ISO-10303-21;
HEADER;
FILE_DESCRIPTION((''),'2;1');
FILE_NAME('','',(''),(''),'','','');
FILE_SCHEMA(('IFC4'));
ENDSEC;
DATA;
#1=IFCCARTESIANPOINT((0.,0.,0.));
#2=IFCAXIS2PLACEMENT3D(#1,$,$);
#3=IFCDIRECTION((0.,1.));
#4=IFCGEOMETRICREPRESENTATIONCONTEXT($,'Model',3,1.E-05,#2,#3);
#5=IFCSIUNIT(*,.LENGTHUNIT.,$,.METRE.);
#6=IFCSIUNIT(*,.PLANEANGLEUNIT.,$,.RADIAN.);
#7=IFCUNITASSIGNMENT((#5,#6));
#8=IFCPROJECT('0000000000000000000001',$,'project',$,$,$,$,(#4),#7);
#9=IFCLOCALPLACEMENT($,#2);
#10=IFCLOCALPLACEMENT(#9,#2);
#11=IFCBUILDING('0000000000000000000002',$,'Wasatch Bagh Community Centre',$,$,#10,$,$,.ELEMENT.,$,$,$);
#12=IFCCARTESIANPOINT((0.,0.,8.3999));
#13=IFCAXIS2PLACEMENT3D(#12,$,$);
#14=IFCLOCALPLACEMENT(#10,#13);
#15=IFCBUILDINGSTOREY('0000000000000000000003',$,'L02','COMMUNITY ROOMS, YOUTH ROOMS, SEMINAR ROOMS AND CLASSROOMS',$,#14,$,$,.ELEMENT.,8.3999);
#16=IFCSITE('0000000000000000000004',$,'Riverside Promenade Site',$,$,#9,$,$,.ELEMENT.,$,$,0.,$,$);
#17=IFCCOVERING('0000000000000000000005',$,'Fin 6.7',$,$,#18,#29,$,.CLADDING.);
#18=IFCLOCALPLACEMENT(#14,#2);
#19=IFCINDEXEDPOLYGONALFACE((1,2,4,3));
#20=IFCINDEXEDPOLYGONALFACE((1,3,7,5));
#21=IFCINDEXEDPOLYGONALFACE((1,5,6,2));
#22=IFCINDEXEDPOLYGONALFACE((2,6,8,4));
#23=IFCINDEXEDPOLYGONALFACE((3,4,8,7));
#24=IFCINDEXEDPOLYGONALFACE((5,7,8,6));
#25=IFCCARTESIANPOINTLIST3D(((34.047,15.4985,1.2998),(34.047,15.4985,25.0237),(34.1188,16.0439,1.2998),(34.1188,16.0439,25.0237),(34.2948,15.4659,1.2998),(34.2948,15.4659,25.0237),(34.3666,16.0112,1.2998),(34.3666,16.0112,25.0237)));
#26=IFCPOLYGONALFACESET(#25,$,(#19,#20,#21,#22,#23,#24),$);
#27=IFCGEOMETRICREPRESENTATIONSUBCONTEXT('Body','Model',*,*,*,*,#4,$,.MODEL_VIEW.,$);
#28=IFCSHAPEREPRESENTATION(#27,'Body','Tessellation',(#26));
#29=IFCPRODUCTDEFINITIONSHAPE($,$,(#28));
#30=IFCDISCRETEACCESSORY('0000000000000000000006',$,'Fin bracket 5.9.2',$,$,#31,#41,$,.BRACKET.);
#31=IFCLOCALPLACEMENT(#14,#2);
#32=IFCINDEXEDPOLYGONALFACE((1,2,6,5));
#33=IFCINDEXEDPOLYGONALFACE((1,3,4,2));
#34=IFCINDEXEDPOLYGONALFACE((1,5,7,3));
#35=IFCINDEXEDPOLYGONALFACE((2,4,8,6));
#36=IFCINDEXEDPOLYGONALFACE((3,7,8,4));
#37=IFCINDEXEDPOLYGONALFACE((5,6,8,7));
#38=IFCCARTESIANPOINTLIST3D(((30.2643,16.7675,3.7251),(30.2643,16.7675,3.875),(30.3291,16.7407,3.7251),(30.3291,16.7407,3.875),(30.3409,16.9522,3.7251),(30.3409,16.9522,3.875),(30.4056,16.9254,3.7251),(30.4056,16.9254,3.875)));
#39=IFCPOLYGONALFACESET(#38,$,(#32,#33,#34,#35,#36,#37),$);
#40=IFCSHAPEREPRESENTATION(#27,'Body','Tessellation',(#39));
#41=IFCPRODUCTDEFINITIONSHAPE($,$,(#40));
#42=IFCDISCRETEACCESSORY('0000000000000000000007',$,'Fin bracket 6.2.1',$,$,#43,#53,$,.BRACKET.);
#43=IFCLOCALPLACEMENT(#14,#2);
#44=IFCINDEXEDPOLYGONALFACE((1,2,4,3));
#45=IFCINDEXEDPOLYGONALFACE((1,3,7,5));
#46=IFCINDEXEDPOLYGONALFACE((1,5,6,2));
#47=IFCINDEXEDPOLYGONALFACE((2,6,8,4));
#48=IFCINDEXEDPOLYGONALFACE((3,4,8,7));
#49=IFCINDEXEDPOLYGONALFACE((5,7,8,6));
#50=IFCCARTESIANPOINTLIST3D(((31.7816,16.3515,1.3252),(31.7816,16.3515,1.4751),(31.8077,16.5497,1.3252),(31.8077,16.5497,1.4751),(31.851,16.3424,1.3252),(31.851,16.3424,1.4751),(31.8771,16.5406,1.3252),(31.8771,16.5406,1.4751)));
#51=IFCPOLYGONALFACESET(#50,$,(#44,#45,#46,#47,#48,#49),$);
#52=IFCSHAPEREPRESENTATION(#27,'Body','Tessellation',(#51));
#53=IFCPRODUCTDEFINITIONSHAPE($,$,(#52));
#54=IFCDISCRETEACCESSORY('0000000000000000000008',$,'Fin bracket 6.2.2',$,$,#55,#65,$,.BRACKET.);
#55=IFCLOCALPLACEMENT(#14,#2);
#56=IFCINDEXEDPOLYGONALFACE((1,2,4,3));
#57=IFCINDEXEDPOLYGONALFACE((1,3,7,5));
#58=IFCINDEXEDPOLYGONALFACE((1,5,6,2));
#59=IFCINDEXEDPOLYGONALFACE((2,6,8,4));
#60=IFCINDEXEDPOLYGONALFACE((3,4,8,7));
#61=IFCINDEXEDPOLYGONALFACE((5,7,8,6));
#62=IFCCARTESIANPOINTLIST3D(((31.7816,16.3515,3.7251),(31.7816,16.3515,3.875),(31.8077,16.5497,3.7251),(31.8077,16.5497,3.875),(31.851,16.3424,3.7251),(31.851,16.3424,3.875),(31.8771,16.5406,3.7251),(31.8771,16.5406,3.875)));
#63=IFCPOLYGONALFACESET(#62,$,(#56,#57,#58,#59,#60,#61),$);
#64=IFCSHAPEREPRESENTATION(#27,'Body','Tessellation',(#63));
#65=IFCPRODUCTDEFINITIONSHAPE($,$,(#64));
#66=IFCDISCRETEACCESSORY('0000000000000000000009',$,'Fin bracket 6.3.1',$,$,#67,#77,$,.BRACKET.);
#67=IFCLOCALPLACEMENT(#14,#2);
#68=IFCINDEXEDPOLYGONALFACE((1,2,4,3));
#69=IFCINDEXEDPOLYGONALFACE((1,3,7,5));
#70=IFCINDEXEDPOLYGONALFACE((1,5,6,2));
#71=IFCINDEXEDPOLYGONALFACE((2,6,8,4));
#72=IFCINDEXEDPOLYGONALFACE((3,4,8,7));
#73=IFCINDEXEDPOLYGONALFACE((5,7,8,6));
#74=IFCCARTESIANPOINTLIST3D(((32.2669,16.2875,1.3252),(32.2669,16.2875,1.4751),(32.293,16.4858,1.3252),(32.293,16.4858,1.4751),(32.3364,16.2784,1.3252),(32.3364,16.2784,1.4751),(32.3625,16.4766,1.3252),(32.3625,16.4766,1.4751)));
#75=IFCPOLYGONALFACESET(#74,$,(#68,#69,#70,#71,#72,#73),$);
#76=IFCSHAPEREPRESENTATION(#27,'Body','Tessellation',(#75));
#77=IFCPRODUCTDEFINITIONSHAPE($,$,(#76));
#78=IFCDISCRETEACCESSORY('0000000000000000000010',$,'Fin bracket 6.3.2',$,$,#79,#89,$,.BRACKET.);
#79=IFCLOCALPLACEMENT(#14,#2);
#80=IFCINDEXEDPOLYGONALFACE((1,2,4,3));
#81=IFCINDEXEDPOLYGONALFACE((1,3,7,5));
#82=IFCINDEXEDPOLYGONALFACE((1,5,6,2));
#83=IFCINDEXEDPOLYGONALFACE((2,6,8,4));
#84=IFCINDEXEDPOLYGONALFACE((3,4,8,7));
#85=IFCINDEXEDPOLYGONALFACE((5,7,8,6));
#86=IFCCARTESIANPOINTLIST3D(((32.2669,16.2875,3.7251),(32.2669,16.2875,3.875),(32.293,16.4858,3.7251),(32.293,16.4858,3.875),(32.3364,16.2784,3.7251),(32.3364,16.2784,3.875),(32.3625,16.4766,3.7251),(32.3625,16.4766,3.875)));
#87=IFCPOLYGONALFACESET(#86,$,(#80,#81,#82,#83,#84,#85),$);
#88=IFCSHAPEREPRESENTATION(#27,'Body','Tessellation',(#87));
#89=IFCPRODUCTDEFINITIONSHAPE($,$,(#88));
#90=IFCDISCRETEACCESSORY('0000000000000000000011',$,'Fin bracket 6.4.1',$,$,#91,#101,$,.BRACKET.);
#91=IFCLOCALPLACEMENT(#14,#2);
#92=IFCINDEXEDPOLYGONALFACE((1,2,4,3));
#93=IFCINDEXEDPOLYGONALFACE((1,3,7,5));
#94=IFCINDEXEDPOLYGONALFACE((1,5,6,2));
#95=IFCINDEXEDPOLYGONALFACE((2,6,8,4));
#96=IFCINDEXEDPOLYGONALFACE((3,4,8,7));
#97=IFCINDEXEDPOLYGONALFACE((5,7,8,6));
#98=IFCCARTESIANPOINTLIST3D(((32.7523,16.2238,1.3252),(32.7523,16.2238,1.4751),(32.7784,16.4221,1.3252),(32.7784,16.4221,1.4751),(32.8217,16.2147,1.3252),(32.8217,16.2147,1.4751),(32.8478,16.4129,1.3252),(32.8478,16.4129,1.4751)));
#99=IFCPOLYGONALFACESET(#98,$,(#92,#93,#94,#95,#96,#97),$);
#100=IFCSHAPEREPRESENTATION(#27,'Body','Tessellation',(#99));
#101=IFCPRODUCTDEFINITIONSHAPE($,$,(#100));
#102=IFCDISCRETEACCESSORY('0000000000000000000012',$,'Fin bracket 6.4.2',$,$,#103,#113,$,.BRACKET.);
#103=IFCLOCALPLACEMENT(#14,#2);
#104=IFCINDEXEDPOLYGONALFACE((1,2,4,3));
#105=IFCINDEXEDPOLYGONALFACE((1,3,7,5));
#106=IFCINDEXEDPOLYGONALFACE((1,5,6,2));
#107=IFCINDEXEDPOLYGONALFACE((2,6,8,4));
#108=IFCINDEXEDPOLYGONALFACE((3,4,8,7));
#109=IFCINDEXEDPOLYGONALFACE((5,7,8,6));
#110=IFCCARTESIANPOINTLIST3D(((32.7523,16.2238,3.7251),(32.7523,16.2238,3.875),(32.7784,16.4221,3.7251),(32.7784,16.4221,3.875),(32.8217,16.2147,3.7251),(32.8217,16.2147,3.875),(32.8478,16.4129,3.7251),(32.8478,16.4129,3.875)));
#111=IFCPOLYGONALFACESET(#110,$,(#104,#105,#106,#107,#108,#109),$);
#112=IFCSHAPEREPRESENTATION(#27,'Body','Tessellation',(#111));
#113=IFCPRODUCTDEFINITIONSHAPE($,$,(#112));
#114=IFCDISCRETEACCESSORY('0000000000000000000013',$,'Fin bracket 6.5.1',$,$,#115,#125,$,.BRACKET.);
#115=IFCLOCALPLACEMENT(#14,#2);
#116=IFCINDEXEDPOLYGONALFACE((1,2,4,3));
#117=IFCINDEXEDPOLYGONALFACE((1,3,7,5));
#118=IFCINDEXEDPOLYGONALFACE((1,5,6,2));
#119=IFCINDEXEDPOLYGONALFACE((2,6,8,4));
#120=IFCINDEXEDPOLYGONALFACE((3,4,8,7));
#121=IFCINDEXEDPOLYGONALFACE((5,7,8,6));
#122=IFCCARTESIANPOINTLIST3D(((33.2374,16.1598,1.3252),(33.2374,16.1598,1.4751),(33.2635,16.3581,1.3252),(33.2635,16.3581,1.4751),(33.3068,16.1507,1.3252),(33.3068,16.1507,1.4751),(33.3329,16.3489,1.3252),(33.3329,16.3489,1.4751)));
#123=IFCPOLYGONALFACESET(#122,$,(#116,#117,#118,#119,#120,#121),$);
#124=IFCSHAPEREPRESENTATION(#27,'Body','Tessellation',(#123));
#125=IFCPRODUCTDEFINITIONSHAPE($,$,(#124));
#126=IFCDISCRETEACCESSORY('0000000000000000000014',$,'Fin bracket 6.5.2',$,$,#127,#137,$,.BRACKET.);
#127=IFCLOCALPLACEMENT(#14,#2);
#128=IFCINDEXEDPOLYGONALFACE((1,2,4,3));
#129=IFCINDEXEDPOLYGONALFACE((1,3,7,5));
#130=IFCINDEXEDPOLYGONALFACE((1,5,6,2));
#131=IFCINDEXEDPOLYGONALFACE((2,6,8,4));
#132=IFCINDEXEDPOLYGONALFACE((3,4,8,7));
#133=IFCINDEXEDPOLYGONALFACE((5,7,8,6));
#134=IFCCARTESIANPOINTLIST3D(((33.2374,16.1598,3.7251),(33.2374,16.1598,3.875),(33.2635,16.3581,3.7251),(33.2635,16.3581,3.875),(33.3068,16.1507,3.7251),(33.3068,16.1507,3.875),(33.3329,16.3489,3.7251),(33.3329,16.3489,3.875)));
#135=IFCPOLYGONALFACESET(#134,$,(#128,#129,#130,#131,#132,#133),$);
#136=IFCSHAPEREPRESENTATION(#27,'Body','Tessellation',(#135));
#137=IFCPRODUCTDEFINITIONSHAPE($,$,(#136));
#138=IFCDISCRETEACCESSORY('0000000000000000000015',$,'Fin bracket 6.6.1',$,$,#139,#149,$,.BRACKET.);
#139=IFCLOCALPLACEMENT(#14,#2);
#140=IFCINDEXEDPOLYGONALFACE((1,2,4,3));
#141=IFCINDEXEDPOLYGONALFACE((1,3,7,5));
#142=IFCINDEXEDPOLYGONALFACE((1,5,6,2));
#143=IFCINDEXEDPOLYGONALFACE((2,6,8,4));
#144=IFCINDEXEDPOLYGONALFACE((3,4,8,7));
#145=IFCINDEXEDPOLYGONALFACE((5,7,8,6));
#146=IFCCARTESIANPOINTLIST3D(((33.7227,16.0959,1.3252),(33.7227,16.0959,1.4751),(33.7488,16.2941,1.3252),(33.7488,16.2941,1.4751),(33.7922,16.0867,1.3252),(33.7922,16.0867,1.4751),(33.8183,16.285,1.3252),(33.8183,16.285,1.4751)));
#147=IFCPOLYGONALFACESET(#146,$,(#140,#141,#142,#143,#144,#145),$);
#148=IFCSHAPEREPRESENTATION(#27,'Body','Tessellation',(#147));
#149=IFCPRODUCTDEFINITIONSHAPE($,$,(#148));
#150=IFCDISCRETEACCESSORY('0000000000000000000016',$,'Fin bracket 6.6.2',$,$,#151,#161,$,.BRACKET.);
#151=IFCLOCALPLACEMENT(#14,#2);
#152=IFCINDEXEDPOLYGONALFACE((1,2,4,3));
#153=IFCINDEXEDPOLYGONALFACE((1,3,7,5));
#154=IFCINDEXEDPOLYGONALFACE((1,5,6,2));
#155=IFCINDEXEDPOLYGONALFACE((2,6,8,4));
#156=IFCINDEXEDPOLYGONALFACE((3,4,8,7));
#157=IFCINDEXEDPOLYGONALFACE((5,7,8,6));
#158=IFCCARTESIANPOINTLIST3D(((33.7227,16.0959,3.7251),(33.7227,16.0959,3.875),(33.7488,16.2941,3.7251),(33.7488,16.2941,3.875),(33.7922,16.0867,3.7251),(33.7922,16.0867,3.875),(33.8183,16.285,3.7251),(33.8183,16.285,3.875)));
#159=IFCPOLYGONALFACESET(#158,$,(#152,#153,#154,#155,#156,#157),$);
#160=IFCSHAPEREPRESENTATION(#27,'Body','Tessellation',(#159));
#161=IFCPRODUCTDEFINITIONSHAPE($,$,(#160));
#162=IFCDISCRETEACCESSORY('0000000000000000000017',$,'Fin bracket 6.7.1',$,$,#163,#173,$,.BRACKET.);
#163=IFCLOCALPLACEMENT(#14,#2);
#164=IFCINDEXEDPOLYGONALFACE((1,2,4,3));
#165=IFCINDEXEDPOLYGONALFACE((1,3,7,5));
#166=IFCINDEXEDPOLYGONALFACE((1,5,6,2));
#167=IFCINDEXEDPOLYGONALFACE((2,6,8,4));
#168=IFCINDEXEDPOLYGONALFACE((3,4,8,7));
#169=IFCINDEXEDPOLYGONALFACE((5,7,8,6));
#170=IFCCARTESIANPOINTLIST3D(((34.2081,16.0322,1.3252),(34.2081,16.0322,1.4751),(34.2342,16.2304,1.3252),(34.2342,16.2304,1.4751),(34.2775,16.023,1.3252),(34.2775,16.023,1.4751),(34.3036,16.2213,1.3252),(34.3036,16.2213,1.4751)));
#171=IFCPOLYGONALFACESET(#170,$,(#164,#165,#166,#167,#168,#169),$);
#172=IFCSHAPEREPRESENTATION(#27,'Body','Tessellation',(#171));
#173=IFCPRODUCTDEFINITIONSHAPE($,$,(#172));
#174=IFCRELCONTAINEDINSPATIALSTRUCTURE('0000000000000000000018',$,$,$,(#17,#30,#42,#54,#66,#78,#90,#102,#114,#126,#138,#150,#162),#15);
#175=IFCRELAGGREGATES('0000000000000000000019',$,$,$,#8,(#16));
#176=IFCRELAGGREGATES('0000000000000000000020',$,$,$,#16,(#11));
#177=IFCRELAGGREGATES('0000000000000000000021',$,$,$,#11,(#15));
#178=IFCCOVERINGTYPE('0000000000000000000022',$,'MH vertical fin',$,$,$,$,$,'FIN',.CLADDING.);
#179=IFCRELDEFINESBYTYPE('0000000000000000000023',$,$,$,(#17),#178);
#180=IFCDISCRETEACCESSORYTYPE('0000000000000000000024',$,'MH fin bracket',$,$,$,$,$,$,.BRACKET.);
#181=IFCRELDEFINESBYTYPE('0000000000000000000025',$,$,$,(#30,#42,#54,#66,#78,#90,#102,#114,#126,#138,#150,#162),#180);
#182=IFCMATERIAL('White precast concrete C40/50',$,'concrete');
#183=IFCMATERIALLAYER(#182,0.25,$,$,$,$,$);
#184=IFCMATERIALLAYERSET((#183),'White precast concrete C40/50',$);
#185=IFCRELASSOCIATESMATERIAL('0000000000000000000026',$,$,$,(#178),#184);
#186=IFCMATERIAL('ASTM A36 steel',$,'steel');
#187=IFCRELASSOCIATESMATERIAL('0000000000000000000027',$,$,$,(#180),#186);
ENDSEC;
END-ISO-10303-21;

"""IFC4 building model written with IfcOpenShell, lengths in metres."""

from ifc_helpers import new_model, si_unit, direction, frame, origin, origin_2d, place, context, subcontext, project, spatial, rectangle, extrude, material, layer, layer_set, type_object, element, save


model = new_model("IFC4")

# Units and contexts
model_context = context("Model", 3, precision=1e-05, world=origin(), true_north=direction((0.0, 1.0)))
body_context = subcontext(model_context, "Body", "Model", "MODEL_VIEW")
ifc_project = project(units=[si_unit("LENGTHUNIT", "METRE"), si_unit("PLANEANGLEUNIT", "RADIAN")], contexts=[model_context])

# Site, building, storey
site_placement = place(None, origin())
site = spatial("IfcSite", under=ifc_project, at=site_placement, Name="Riverside Promenade Site", CompositionType="ELEMENT", RefElevation=0.0)
building_placement = place(site_placement, origin())
building = spatial("IfcBuilding", under=site, at=building_placement, Name="Wasatch Bagh Community Centre", CompositionType="ELEMENT")
storey_placement = place(building_placement, frame((0.0, 0.0, 8.3999)))
storey = spatial("IfcBuildingStorey", under=building, at=storey_placement, Name="L02", Description="COMMUNITY ROOMS, YOUTH ROOMS, SEMINAR ROOMS AND CLASSROOMS", CompositionType="ELEMENT", Elevation=8.3999)

# Covering
ifc_material_1 = material(Name="White precast concrete C40/50", Category="concrete")
ifc_layer_1 = layer(ifc_material_1, 0.25)
ifc_layer_set_1 = layer_set([ifc_layer_1], Name="White precast concrete C40/50")
covering_type_1 = type_object("IfcCoveringType", Name="MH vertical fin", ElementType="FIN", PredefinedType="CLADDING", material=ifc_layer_set_1)
covering_1_placement = place(storey_placement, frame((34.2068, 15.7549, 1.2998), z_axis=(0.0, 0.0, 1.0), x_axis=(0.991445, -0.130526, 0.0)))
element("IfcCovering", 1, at=covering_1_placement, inside=storey, type_object=covering_type_1, Name="Fin 6.7", PredefinedType="CLADDING", context=body_context, shape_type="SweptSolid", body=[
    extrude(rectangle(XDim=0.25, YDim=0.55, at=origin_2d()), origin(), (0.0, 0.0, 1.0), 23.7239),
])

# Discrete accessories
ifc_material_2 = material(Name="ASTM A36 steel", Category="steel")
discrete_accessory_type = type_object("IfcDiscreteAccessoryType", Name="MH fin bracket", PredefinedType="BRACKET", material=ifc_material_2)
for number, where, z_axis, x_axis, name in (
    (2, (30.335, 16.8464, 3.7251), (0.0, 0.0, 1.0), (0.92388, -0.382683, 0.0), "Fin bracket 5.9.2"),
    (3, (31.8293, 16.446, 1.3252), (0.0, 0.0, 1.0), (0.991445, -0.130526, 0.0), "Fin bracket 6.2.1"),
    (4, (31.8293, 16.446, 3.7251), (0.0, 0.0, 1.0), (0.991445, -0.130526, 0.0), "Fin bracket 6.2.2"),
    (5, (32.3147, 16.3821, 1.3252), (0.0, 0.0, 1.0), (0.991445, -0.130526, 0.0), "Fin bracket 6.3.1"),
    (6, (32.3147, 16.3821, 3.7251), (0.0, 0.0, 1.0), (0.991445, -0.130526, 0.0), "Fin bracket 6.3.2"),
    (7, (32.8, 16.3184, 1.3252), (0.0, 0.0, 1.0), (0.991445, -0.130526, 0.0), "Fin bracket 6.4.1"),
    (8, (32.8, 16.3184, 3.7251), (0.0, 0.0, 1.0), (0.991445, -0.130526, 0.0), "Fin bracket 6.4.2"),
    (9, (33.2852, 16.2544, 1.3252), (0.0, 0.0, 1.0), (0.991445, -0.130526, 0.0), "Fin bracket 6.5.1"),
    (10, (33.2852, 16.2544, 3.7251), (0.0, 0.0, 1.0), (0.991445, -0.130526, 0.0), "Fin bracket 6.5.2"),
    (11, (33.7705, 16.1904, 1.3252), (0.0, 0.0, 1.0), (0.991445, -0.130526, 0.0), "Fin bracket 6.6.1"),
    (12, (33.7705, 16.1904, 3.7251), (0.0, 0.0, 1.0), (0.991445, -0.130526, 0.0), "Fin bracket 6.6.2"),
    (13, (34.2559, 16.1267, 1.3252), (0.0, 0.0, 1.0), (0.991445, -0.130526, 0.0), "Fin bracket 6.7.1"),
):
    element("IfcDiscreteAccessory", number, at=place(storey_placement, frame(where, z_axis=z_axis, x_axis=x_axis)), inside=storey, type_object=discrete_accessory_type, Name=name, PredefinedType="BRACKET", context=body_context, shape_type="SweptSolid", body=[
        extrude(rectangle(XDim=0.0701, YDim=0.2, at=origin_2d()), origin(), (0.0, 0.0, 1.0), 0.1499),
    ])

save(model, "model.ifc")
